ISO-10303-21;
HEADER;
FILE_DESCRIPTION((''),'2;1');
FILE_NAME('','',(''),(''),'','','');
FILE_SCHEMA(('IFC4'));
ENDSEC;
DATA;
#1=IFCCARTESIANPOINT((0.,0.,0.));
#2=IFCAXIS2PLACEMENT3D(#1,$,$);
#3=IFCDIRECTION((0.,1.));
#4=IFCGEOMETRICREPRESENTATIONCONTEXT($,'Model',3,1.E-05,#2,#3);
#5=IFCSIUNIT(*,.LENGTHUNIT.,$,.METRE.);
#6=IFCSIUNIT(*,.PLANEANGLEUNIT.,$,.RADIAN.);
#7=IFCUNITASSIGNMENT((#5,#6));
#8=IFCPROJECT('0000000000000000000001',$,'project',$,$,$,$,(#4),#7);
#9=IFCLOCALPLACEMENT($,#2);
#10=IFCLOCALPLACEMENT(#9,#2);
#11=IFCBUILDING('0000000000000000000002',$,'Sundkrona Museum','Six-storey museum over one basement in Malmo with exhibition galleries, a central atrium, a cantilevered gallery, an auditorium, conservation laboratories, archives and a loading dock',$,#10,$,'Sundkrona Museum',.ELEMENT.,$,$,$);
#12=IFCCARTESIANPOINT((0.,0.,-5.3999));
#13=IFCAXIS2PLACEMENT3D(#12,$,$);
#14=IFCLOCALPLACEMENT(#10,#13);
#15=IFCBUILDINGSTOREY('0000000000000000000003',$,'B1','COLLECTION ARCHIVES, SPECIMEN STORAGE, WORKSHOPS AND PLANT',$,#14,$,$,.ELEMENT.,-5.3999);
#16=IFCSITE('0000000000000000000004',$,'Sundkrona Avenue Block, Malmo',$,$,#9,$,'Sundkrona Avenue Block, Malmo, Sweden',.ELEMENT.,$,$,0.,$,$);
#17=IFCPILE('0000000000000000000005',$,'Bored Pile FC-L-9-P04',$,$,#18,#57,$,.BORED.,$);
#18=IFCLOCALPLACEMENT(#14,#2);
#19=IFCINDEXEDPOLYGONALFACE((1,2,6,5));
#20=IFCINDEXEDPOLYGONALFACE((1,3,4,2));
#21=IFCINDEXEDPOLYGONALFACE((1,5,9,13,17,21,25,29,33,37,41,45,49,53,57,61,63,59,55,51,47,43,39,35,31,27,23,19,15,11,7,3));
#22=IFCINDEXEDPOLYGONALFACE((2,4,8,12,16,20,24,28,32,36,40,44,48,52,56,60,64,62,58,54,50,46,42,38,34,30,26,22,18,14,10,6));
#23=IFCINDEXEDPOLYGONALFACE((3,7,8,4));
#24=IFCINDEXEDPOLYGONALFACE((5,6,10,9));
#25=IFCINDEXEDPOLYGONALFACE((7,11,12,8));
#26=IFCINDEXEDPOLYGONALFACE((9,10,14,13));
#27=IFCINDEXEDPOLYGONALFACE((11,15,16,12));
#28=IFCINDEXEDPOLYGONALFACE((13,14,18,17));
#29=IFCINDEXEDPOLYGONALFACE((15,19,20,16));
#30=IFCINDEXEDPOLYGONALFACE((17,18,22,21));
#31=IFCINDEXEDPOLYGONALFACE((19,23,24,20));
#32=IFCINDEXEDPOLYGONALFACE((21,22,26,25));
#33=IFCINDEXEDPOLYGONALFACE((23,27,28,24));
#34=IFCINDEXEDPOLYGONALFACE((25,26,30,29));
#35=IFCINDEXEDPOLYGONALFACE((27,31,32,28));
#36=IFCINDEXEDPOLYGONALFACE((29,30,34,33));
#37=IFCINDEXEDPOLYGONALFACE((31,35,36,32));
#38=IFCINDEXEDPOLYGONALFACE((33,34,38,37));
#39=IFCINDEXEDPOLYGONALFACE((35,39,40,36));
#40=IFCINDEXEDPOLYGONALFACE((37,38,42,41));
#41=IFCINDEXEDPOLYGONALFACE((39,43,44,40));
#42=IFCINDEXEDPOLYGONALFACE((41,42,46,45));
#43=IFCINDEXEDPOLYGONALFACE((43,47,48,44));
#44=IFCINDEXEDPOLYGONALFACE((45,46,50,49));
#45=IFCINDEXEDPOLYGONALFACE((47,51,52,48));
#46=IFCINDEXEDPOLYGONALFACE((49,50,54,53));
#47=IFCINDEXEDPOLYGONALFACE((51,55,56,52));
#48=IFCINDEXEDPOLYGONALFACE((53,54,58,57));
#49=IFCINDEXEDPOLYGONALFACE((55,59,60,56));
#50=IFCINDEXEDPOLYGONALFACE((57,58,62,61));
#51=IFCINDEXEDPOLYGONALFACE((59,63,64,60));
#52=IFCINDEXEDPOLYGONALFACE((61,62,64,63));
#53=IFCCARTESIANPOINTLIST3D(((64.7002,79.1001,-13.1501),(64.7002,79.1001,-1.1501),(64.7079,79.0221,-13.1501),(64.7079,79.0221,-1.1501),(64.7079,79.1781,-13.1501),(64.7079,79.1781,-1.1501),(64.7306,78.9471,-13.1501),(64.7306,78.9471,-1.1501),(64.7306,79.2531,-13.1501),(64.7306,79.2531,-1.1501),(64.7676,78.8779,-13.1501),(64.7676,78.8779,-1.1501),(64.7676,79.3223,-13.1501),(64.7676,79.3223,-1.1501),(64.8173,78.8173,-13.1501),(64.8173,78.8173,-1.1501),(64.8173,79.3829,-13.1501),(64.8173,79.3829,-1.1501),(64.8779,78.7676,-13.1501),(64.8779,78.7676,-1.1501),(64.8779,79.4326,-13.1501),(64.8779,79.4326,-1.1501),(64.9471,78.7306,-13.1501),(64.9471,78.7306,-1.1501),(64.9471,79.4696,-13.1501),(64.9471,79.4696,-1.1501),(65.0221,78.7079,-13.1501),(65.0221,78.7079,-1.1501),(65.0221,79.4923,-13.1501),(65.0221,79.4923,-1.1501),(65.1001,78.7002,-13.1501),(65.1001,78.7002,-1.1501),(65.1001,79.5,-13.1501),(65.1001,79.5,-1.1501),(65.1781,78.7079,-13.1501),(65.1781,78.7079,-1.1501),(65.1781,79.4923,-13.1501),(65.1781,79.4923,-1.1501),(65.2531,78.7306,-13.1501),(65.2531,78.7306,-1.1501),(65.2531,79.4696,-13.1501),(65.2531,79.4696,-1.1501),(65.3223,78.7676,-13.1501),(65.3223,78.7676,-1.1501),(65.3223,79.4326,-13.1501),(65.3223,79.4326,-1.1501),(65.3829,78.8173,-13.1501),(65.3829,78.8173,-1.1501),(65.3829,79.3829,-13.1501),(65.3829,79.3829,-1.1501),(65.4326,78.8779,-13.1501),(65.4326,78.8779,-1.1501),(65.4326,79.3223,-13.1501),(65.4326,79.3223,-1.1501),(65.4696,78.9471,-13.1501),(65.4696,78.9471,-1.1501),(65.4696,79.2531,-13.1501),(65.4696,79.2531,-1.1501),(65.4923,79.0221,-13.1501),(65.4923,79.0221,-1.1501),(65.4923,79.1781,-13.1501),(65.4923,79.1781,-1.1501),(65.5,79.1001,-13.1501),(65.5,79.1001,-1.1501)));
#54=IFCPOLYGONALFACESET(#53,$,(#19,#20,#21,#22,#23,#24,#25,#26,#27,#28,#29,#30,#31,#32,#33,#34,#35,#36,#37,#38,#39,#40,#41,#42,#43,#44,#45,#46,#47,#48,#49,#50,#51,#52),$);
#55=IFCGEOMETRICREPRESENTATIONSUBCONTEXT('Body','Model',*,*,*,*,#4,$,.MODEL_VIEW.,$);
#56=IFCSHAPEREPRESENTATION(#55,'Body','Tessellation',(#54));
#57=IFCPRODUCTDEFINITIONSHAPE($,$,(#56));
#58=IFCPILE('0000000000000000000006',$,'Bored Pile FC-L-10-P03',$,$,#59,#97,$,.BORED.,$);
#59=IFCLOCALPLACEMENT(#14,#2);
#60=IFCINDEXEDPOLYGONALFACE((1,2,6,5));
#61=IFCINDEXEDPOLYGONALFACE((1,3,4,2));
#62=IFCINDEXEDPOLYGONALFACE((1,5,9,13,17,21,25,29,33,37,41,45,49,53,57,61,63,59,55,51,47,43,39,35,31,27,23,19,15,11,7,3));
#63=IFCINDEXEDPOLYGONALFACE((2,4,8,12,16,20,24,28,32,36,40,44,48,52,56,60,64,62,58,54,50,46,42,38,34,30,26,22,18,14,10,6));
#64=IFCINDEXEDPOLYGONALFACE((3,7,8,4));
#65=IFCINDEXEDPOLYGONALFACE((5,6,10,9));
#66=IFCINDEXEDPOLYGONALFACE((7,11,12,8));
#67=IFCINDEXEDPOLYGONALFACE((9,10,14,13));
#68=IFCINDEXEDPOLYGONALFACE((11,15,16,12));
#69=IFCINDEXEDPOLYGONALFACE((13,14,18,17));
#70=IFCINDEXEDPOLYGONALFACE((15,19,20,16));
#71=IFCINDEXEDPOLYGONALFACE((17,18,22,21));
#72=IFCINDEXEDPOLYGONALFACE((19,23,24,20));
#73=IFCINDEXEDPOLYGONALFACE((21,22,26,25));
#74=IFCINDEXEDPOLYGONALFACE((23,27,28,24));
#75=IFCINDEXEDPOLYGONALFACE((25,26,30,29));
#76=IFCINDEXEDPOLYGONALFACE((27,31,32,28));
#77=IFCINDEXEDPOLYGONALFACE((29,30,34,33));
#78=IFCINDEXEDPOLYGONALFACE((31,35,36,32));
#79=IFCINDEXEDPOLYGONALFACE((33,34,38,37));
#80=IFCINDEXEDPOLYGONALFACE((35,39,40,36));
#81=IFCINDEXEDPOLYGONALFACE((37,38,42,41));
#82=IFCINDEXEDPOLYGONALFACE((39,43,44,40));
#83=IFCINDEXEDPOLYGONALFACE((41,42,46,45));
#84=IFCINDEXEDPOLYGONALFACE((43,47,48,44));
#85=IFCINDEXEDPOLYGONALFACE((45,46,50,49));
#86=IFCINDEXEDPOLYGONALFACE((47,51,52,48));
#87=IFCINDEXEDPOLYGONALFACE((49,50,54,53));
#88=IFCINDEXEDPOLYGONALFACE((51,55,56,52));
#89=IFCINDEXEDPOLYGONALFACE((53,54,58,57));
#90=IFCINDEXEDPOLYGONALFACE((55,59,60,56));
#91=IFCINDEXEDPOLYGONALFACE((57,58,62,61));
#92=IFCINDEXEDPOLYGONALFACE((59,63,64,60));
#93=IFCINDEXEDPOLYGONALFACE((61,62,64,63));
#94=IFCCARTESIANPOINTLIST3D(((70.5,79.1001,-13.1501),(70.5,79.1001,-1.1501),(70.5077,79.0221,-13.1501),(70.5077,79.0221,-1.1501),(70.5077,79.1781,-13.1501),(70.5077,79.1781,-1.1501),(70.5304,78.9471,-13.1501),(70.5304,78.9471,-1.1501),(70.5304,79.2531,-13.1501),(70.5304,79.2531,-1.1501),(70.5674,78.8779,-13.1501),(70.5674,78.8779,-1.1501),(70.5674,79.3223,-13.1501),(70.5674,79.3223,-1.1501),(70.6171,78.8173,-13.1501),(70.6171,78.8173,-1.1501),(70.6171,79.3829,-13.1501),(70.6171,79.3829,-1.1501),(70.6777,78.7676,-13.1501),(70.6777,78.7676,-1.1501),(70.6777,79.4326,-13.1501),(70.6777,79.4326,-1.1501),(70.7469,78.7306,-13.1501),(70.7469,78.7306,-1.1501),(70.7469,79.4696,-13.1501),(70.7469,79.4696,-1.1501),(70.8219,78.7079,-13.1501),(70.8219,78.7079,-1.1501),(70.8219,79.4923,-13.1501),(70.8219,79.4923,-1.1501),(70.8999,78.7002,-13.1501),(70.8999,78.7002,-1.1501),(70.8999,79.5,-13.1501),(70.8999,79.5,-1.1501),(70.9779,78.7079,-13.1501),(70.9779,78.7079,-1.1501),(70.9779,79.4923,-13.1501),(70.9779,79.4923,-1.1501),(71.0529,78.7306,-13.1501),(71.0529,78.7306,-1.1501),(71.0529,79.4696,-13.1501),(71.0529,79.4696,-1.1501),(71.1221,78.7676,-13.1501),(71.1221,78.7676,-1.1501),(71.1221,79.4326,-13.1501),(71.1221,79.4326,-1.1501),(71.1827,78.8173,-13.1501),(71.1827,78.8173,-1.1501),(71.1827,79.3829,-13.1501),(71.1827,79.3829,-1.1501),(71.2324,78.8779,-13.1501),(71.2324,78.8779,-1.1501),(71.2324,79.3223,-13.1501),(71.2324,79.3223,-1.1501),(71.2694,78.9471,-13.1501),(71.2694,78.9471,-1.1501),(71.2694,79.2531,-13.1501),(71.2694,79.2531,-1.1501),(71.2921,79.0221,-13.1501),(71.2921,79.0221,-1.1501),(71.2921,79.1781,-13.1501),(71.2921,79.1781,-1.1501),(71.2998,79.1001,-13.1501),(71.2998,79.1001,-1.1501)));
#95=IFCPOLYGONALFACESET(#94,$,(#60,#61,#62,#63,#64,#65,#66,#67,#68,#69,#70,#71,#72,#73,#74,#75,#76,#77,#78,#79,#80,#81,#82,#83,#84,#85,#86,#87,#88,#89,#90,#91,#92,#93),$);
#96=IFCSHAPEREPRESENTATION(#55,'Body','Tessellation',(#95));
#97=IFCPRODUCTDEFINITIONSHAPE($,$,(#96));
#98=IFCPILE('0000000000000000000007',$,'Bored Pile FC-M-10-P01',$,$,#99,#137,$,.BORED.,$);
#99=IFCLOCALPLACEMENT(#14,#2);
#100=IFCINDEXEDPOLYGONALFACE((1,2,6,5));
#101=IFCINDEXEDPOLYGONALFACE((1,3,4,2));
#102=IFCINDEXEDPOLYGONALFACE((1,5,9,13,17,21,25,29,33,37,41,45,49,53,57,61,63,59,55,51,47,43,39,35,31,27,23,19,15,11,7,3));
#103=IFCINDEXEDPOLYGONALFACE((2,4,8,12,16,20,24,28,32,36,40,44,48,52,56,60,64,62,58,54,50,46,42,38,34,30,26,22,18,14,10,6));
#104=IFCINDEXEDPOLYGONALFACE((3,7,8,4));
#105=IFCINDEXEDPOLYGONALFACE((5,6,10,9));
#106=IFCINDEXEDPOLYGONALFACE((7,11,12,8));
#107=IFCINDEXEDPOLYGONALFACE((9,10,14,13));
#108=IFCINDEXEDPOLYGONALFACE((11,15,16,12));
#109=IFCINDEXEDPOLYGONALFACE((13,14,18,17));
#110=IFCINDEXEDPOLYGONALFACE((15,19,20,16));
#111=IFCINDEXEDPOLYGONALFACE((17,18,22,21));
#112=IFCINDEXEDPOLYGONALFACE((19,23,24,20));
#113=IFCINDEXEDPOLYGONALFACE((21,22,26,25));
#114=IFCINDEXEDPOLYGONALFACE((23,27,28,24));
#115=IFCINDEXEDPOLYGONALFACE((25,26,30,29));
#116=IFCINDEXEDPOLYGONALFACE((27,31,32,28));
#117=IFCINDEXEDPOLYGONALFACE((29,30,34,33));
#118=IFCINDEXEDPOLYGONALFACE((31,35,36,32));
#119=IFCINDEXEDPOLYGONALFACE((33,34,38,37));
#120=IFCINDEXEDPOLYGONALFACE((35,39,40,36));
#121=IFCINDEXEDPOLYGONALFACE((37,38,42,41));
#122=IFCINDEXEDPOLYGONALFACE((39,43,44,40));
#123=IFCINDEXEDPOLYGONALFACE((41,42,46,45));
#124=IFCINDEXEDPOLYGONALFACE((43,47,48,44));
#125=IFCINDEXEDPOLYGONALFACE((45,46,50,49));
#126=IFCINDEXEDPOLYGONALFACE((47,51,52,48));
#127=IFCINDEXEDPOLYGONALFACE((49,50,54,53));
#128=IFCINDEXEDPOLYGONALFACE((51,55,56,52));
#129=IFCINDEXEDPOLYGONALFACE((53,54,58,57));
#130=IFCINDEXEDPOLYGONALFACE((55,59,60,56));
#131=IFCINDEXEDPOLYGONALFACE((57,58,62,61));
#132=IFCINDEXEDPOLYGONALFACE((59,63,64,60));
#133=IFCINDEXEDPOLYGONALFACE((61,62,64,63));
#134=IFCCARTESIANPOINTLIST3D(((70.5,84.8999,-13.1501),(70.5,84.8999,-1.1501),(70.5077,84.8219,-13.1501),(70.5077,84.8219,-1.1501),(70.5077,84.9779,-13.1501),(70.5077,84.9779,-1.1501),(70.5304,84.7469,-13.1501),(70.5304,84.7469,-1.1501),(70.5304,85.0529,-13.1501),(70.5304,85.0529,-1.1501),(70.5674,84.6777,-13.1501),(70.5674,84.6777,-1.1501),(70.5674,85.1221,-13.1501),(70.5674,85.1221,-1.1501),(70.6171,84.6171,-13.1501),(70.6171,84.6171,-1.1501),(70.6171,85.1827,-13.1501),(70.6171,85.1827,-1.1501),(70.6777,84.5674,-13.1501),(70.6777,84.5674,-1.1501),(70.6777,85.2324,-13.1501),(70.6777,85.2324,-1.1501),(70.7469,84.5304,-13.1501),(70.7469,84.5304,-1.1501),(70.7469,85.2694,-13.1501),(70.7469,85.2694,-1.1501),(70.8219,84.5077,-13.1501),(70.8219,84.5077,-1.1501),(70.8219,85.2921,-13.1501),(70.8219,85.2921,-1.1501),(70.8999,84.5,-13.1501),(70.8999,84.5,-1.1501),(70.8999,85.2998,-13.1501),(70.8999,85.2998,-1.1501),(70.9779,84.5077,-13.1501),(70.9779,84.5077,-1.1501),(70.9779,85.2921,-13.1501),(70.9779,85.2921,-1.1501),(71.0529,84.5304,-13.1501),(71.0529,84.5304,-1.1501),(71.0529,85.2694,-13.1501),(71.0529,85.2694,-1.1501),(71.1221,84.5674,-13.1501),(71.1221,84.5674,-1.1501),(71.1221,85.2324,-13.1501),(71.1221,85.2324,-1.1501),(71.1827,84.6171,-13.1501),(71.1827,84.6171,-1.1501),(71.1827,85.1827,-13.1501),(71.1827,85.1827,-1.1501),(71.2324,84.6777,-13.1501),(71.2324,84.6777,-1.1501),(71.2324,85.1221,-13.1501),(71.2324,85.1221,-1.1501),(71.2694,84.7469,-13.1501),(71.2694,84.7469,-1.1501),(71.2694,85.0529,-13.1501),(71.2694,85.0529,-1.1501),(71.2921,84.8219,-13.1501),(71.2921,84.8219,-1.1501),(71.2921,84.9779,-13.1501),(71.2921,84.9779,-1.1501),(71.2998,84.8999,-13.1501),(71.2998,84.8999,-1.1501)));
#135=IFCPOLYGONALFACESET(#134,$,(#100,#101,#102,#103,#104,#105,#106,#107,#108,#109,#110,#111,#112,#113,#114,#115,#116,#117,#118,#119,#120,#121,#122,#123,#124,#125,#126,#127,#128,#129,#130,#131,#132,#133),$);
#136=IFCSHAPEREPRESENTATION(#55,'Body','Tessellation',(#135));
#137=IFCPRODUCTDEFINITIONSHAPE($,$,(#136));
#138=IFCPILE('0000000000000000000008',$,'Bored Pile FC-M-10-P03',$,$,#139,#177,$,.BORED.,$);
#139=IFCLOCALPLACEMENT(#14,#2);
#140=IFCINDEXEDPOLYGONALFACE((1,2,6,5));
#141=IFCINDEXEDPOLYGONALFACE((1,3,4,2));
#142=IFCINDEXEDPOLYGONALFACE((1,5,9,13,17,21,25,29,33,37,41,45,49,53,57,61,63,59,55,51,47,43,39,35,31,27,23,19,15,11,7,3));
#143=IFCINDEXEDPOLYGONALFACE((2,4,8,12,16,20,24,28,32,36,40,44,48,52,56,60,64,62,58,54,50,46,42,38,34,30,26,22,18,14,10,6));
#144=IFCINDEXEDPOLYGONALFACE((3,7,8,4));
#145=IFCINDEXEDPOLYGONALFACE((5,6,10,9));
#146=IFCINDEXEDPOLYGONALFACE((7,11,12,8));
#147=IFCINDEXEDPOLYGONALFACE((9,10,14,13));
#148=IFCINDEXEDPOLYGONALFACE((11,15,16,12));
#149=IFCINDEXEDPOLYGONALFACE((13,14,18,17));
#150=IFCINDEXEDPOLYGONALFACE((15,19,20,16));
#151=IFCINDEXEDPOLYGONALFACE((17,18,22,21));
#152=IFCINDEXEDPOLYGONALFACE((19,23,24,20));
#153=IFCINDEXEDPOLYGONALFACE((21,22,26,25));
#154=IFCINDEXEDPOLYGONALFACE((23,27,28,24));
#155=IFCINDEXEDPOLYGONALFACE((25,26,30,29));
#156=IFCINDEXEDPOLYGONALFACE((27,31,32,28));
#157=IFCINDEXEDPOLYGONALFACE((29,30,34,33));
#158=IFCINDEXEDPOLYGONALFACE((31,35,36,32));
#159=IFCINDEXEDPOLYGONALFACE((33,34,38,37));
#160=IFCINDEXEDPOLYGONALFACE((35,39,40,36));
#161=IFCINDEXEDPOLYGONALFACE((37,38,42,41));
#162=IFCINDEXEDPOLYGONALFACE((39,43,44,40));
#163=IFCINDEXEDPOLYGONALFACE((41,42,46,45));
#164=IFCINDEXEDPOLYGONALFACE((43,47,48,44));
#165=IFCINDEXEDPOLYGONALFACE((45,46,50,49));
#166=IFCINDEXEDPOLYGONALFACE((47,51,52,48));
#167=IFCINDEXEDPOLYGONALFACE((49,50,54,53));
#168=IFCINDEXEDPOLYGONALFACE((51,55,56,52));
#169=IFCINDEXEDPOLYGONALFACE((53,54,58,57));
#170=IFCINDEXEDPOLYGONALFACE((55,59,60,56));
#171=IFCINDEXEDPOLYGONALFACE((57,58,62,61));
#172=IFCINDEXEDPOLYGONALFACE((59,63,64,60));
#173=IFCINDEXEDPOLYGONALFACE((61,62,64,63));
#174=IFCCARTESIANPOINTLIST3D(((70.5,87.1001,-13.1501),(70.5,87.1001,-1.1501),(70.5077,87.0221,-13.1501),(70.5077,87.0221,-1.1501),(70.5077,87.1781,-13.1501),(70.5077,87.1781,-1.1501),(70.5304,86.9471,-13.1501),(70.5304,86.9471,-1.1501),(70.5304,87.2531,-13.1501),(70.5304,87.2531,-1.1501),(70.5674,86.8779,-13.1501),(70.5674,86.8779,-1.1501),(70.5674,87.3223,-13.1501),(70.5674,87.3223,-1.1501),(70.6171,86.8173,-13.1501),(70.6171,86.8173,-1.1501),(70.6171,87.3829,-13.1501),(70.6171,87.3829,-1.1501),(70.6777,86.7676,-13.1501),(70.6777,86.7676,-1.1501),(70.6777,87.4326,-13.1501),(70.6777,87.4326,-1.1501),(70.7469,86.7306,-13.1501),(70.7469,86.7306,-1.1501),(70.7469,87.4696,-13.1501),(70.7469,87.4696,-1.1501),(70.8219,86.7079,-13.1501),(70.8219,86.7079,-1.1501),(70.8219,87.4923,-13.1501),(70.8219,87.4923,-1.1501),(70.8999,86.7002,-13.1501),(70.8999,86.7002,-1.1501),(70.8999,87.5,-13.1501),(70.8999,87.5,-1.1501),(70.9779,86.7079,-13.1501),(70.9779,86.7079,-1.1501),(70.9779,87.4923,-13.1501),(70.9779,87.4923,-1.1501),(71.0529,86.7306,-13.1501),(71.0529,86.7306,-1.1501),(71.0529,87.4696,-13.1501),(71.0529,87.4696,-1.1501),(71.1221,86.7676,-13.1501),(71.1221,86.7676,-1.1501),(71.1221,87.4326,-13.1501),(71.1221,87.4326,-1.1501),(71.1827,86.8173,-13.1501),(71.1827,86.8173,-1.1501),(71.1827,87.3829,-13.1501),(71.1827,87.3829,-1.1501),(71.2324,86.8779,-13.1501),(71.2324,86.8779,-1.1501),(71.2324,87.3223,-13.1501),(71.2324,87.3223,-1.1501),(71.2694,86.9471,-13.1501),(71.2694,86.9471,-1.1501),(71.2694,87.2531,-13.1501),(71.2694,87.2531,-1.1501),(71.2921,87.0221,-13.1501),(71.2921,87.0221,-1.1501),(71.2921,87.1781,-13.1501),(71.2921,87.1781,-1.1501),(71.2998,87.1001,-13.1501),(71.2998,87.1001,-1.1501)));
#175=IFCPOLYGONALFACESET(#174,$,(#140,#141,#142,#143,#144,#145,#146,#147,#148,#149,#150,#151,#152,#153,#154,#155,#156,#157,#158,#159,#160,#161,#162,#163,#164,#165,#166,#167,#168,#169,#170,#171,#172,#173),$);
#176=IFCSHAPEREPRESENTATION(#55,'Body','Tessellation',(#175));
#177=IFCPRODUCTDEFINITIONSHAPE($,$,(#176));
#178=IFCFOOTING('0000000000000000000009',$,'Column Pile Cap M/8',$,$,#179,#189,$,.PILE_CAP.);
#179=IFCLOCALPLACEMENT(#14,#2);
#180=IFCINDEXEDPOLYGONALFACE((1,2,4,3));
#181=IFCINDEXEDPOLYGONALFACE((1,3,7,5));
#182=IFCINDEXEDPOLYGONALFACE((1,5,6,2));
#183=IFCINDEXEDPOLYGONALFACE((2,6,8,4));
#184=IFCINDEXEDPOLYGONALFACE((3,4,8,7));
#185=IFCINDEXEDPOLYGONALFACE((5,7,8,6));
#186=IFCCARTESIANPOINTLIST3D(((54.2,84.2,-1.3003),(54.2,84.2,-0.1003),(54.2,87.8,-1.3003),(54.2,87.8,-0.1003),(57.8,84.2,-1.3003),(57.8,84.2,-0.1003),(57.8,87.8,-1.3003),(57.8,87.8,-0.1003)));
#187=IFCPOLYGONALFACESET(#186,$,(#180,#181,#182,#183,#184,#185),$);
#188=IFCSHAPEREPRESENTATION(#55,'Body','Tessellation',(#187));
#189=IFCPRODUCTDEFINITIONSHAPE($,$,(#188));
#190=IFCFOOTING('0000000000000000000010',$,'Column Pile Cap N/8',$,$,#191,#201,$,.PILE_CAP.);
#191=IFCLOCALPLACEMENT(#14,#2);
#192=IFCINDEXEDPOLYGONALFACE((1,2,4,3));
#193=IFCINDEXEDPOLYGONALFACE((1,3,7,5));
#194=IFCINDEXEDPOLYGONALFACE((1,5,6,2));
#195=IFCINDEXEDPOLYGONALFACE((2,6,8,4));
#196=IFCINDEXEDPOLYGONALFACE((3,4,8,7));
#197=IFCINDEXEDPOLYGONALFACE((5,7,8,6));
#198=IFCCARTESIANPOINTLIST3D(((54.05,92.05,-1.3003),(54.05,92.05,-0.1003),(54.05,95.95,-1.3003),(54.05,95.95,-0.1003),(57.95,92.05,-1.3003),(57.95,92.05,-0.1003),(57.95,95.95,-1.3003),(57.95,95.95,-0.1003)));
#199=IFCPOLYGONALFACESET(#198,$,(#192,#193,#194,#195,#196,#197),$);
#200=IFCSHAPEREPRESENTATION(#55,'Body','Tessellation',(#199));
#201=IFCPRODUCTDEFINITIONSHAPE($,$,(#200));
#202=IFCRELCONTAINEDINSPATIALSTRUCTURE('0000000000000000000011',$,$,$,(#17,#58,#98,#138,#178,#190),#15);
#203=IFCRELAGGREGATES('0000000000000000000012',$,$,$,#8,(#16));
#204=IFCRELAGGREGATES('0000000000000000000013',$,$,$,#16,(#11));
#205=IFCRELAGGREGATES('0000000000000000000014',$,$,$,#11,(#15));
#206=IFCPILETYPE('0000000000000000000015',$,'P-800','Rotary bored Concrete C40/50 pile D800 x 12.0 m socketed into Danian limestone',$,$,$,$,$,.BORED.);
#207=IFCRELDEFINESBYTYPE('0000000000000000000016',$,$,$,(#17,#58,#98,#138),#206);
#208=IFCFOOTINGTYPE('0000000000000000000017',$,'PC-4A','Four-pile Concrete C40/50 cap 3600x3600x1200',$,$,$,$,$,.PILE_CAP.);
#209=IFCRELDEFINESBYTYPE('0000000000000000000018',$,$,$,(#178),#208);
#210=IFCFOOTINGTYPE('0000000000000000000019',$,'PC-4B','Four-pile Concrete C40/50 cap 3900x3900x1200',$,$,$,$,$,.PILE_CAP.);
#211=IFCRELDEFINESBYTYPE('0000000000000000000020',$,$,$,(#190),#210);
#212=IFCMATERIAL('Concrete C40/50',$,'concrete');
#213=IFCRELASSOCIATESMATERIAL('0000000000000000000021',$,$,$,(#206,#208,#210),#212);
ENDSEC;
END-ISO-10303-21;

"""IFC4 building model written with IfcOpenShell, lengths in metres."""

from ifc_helpers import new_model, si_unit, direction, frame, origin, origin_2d, place, context, subcontext, project, spatial, rectangle, circle, extrude, material, material_profile, profile_set, type_object, element, save


model = new_model("IFC4")

# Units and contexts
model_context = context("Model", 3, precision=1e-05, world=origin(), true_north=direction((0.0, 1.0)))
body_context = subcontext(model_context, "Body", "Model", "MODEL_VIEW")
ifc_project = project(units=[si_unit("LENGTHUNIT", "METRE"), si_unit("PLANEANGLEUNIT", "RADIAN")], contexts=[model_context])

# Site, building, storey
site_placement = place(None, origin())
site = spatial("IfcSite", under=ifc_project, at=site_placement, Name="Sundkrona Avenue Block, Malmo", LongName="Sundkrona Avenue Block, Malmo, Sweden", CompositionType="ELEMENT", RefElevation=0.0)
building_placement = place(site_placement, origin())
building = spatial("IfcBuilding", under=site, at=building_placement, Name="Sundkrona Museum", Description="Six-storey museum over one basement in Malmo with exhibition galleries, a central atrium, a cantilevered gallery, an auditorium, conservation laboratories, archives and a loading dock", LongName="Sundkrona Museum", CompositionType="ELEMENT")
storey_placement = place(building_placement, frame((0.0, 0.0, -5.3999)))
storey = spatial("IfcBuildingStorey", under=building, at=storey_placement, Name="B1", Description="COLLECTION ARCHIVES, SPECIMEN STORAGE, WORKSHOPS AND PLANT", CompositionType="ELEMENT", Elevation=-5.3999)

# Shared definitions
ifc_material_1 = material(Name="Concrete C40/50", Category="concrete")

# Piles
ifc_material_profile_1 = material_profile(ifc_material_1, circle(Radius=0.3999, at=origin_2d()), Name="PILE D800")
ifc_profile_set_1 = profile_set([ifc_material_profile_1], Name="Concrete C40/50")
pile_type = type_object("IfcPileType", Name="P-800", Description="Rotary bored Concrete C40/50 pile D800 x 12.0 m socketed into Danian limestone", PredefinedType="BORED", material=ifc_profile_set_1)
for number, where, z_axis, x_axis, name in (
    (1, (65.1001, 79.1001, -1.1501), (0.0, 0.0, -1.0), (1.0, 0.0, 0.0), "Bored Pile FC-L-9-P04"),
    (2, (70.8999, 79.1001, -1.1501), (0.0, 0.0, -1.0), (1.0, 0.0, 0.0), "Bored Pile FC-L-10-P03"),
    (3, (70.8999, 84.8999, -1.1501), (0.0, 0.0, -1.0), (1.0, 0.0, 0.0), "Bored Pile FC-M-10-P01"),
    (4, (70.8999, 87.1001, -1.1501), (0.0, 0.0, -1.0), (1.0, 0.0, 0.0), "Bored Pile FC-M-10-P03"),
):
    element("IfcPile", number, at=place(storey_placement, frame(where, z_axis=z_axis, x_axis=x_axis)), inside=storey, type_object=pile_type, Name=name, PredefinedType="BORED", context=body_context, shape_type="SweptSolid", body=[
        extrude(circle(Radius=0.3999, at=origin_2d()), origin(), (0.0, 0.0, 1.0), 12.0),
    ])

# Footings
footing_type_1 = type_object("IfcFootingType", Name="PC-4A", Description="Four-pile Concrete C40/50 cap 3600x3600x1200", PredefinedType="PILE_CAP", material=ifc_material_1)
footing_1_placement = place(storey_placement, frame((56.0, 86.0, -1.3003), z_axis=(0.0, 0.0, 1.0), x_axis=(1.0, 0.0, 0.0)))
element("IfcFooting", 5, at=footing_1_placement, inside=storey, type_object=footing_type_1, Name="Column Pile Cap M/8", PredefinedType="PILE_CAP", context=body_context, shape_type="SweptSolid", body=[
    extrude(rectangle(XDim=3.6001, YDim=3.6001, at=origin_2d()), origin(), (0.0, 0.0, 1.0), 1.2),
])
footing_type_2 = type_object("IfcFootingType", Name="PC-4B", Description="Four-pile Concrete C40/50 cap 3900x3900x1200", PredefinedType="PILE_CAP", material=ifc_material_1)
footing_2_placement = place(storey_placement, frame((56.0, 94.0, -1.3003), z_axis=(0.0, 0.0, 1.0), x_axis=(1.0, 0.0, 0.0)))
element("IfcFooting", 6, at=footing_2_placement, inside=storey, type_object=footing_type_2, Name="Column Pile Cap N/8", PredefinedType="PILE_CAP", context=body_context, shape_type="SweptSolid", body=[
    extrude(rectangle(XDim=3.8999, YDim=3.8999, at=origin_2d()), origin(), (0.0, 0.0, 1.0), 1.2),
])

save(model, "model.ifc")
